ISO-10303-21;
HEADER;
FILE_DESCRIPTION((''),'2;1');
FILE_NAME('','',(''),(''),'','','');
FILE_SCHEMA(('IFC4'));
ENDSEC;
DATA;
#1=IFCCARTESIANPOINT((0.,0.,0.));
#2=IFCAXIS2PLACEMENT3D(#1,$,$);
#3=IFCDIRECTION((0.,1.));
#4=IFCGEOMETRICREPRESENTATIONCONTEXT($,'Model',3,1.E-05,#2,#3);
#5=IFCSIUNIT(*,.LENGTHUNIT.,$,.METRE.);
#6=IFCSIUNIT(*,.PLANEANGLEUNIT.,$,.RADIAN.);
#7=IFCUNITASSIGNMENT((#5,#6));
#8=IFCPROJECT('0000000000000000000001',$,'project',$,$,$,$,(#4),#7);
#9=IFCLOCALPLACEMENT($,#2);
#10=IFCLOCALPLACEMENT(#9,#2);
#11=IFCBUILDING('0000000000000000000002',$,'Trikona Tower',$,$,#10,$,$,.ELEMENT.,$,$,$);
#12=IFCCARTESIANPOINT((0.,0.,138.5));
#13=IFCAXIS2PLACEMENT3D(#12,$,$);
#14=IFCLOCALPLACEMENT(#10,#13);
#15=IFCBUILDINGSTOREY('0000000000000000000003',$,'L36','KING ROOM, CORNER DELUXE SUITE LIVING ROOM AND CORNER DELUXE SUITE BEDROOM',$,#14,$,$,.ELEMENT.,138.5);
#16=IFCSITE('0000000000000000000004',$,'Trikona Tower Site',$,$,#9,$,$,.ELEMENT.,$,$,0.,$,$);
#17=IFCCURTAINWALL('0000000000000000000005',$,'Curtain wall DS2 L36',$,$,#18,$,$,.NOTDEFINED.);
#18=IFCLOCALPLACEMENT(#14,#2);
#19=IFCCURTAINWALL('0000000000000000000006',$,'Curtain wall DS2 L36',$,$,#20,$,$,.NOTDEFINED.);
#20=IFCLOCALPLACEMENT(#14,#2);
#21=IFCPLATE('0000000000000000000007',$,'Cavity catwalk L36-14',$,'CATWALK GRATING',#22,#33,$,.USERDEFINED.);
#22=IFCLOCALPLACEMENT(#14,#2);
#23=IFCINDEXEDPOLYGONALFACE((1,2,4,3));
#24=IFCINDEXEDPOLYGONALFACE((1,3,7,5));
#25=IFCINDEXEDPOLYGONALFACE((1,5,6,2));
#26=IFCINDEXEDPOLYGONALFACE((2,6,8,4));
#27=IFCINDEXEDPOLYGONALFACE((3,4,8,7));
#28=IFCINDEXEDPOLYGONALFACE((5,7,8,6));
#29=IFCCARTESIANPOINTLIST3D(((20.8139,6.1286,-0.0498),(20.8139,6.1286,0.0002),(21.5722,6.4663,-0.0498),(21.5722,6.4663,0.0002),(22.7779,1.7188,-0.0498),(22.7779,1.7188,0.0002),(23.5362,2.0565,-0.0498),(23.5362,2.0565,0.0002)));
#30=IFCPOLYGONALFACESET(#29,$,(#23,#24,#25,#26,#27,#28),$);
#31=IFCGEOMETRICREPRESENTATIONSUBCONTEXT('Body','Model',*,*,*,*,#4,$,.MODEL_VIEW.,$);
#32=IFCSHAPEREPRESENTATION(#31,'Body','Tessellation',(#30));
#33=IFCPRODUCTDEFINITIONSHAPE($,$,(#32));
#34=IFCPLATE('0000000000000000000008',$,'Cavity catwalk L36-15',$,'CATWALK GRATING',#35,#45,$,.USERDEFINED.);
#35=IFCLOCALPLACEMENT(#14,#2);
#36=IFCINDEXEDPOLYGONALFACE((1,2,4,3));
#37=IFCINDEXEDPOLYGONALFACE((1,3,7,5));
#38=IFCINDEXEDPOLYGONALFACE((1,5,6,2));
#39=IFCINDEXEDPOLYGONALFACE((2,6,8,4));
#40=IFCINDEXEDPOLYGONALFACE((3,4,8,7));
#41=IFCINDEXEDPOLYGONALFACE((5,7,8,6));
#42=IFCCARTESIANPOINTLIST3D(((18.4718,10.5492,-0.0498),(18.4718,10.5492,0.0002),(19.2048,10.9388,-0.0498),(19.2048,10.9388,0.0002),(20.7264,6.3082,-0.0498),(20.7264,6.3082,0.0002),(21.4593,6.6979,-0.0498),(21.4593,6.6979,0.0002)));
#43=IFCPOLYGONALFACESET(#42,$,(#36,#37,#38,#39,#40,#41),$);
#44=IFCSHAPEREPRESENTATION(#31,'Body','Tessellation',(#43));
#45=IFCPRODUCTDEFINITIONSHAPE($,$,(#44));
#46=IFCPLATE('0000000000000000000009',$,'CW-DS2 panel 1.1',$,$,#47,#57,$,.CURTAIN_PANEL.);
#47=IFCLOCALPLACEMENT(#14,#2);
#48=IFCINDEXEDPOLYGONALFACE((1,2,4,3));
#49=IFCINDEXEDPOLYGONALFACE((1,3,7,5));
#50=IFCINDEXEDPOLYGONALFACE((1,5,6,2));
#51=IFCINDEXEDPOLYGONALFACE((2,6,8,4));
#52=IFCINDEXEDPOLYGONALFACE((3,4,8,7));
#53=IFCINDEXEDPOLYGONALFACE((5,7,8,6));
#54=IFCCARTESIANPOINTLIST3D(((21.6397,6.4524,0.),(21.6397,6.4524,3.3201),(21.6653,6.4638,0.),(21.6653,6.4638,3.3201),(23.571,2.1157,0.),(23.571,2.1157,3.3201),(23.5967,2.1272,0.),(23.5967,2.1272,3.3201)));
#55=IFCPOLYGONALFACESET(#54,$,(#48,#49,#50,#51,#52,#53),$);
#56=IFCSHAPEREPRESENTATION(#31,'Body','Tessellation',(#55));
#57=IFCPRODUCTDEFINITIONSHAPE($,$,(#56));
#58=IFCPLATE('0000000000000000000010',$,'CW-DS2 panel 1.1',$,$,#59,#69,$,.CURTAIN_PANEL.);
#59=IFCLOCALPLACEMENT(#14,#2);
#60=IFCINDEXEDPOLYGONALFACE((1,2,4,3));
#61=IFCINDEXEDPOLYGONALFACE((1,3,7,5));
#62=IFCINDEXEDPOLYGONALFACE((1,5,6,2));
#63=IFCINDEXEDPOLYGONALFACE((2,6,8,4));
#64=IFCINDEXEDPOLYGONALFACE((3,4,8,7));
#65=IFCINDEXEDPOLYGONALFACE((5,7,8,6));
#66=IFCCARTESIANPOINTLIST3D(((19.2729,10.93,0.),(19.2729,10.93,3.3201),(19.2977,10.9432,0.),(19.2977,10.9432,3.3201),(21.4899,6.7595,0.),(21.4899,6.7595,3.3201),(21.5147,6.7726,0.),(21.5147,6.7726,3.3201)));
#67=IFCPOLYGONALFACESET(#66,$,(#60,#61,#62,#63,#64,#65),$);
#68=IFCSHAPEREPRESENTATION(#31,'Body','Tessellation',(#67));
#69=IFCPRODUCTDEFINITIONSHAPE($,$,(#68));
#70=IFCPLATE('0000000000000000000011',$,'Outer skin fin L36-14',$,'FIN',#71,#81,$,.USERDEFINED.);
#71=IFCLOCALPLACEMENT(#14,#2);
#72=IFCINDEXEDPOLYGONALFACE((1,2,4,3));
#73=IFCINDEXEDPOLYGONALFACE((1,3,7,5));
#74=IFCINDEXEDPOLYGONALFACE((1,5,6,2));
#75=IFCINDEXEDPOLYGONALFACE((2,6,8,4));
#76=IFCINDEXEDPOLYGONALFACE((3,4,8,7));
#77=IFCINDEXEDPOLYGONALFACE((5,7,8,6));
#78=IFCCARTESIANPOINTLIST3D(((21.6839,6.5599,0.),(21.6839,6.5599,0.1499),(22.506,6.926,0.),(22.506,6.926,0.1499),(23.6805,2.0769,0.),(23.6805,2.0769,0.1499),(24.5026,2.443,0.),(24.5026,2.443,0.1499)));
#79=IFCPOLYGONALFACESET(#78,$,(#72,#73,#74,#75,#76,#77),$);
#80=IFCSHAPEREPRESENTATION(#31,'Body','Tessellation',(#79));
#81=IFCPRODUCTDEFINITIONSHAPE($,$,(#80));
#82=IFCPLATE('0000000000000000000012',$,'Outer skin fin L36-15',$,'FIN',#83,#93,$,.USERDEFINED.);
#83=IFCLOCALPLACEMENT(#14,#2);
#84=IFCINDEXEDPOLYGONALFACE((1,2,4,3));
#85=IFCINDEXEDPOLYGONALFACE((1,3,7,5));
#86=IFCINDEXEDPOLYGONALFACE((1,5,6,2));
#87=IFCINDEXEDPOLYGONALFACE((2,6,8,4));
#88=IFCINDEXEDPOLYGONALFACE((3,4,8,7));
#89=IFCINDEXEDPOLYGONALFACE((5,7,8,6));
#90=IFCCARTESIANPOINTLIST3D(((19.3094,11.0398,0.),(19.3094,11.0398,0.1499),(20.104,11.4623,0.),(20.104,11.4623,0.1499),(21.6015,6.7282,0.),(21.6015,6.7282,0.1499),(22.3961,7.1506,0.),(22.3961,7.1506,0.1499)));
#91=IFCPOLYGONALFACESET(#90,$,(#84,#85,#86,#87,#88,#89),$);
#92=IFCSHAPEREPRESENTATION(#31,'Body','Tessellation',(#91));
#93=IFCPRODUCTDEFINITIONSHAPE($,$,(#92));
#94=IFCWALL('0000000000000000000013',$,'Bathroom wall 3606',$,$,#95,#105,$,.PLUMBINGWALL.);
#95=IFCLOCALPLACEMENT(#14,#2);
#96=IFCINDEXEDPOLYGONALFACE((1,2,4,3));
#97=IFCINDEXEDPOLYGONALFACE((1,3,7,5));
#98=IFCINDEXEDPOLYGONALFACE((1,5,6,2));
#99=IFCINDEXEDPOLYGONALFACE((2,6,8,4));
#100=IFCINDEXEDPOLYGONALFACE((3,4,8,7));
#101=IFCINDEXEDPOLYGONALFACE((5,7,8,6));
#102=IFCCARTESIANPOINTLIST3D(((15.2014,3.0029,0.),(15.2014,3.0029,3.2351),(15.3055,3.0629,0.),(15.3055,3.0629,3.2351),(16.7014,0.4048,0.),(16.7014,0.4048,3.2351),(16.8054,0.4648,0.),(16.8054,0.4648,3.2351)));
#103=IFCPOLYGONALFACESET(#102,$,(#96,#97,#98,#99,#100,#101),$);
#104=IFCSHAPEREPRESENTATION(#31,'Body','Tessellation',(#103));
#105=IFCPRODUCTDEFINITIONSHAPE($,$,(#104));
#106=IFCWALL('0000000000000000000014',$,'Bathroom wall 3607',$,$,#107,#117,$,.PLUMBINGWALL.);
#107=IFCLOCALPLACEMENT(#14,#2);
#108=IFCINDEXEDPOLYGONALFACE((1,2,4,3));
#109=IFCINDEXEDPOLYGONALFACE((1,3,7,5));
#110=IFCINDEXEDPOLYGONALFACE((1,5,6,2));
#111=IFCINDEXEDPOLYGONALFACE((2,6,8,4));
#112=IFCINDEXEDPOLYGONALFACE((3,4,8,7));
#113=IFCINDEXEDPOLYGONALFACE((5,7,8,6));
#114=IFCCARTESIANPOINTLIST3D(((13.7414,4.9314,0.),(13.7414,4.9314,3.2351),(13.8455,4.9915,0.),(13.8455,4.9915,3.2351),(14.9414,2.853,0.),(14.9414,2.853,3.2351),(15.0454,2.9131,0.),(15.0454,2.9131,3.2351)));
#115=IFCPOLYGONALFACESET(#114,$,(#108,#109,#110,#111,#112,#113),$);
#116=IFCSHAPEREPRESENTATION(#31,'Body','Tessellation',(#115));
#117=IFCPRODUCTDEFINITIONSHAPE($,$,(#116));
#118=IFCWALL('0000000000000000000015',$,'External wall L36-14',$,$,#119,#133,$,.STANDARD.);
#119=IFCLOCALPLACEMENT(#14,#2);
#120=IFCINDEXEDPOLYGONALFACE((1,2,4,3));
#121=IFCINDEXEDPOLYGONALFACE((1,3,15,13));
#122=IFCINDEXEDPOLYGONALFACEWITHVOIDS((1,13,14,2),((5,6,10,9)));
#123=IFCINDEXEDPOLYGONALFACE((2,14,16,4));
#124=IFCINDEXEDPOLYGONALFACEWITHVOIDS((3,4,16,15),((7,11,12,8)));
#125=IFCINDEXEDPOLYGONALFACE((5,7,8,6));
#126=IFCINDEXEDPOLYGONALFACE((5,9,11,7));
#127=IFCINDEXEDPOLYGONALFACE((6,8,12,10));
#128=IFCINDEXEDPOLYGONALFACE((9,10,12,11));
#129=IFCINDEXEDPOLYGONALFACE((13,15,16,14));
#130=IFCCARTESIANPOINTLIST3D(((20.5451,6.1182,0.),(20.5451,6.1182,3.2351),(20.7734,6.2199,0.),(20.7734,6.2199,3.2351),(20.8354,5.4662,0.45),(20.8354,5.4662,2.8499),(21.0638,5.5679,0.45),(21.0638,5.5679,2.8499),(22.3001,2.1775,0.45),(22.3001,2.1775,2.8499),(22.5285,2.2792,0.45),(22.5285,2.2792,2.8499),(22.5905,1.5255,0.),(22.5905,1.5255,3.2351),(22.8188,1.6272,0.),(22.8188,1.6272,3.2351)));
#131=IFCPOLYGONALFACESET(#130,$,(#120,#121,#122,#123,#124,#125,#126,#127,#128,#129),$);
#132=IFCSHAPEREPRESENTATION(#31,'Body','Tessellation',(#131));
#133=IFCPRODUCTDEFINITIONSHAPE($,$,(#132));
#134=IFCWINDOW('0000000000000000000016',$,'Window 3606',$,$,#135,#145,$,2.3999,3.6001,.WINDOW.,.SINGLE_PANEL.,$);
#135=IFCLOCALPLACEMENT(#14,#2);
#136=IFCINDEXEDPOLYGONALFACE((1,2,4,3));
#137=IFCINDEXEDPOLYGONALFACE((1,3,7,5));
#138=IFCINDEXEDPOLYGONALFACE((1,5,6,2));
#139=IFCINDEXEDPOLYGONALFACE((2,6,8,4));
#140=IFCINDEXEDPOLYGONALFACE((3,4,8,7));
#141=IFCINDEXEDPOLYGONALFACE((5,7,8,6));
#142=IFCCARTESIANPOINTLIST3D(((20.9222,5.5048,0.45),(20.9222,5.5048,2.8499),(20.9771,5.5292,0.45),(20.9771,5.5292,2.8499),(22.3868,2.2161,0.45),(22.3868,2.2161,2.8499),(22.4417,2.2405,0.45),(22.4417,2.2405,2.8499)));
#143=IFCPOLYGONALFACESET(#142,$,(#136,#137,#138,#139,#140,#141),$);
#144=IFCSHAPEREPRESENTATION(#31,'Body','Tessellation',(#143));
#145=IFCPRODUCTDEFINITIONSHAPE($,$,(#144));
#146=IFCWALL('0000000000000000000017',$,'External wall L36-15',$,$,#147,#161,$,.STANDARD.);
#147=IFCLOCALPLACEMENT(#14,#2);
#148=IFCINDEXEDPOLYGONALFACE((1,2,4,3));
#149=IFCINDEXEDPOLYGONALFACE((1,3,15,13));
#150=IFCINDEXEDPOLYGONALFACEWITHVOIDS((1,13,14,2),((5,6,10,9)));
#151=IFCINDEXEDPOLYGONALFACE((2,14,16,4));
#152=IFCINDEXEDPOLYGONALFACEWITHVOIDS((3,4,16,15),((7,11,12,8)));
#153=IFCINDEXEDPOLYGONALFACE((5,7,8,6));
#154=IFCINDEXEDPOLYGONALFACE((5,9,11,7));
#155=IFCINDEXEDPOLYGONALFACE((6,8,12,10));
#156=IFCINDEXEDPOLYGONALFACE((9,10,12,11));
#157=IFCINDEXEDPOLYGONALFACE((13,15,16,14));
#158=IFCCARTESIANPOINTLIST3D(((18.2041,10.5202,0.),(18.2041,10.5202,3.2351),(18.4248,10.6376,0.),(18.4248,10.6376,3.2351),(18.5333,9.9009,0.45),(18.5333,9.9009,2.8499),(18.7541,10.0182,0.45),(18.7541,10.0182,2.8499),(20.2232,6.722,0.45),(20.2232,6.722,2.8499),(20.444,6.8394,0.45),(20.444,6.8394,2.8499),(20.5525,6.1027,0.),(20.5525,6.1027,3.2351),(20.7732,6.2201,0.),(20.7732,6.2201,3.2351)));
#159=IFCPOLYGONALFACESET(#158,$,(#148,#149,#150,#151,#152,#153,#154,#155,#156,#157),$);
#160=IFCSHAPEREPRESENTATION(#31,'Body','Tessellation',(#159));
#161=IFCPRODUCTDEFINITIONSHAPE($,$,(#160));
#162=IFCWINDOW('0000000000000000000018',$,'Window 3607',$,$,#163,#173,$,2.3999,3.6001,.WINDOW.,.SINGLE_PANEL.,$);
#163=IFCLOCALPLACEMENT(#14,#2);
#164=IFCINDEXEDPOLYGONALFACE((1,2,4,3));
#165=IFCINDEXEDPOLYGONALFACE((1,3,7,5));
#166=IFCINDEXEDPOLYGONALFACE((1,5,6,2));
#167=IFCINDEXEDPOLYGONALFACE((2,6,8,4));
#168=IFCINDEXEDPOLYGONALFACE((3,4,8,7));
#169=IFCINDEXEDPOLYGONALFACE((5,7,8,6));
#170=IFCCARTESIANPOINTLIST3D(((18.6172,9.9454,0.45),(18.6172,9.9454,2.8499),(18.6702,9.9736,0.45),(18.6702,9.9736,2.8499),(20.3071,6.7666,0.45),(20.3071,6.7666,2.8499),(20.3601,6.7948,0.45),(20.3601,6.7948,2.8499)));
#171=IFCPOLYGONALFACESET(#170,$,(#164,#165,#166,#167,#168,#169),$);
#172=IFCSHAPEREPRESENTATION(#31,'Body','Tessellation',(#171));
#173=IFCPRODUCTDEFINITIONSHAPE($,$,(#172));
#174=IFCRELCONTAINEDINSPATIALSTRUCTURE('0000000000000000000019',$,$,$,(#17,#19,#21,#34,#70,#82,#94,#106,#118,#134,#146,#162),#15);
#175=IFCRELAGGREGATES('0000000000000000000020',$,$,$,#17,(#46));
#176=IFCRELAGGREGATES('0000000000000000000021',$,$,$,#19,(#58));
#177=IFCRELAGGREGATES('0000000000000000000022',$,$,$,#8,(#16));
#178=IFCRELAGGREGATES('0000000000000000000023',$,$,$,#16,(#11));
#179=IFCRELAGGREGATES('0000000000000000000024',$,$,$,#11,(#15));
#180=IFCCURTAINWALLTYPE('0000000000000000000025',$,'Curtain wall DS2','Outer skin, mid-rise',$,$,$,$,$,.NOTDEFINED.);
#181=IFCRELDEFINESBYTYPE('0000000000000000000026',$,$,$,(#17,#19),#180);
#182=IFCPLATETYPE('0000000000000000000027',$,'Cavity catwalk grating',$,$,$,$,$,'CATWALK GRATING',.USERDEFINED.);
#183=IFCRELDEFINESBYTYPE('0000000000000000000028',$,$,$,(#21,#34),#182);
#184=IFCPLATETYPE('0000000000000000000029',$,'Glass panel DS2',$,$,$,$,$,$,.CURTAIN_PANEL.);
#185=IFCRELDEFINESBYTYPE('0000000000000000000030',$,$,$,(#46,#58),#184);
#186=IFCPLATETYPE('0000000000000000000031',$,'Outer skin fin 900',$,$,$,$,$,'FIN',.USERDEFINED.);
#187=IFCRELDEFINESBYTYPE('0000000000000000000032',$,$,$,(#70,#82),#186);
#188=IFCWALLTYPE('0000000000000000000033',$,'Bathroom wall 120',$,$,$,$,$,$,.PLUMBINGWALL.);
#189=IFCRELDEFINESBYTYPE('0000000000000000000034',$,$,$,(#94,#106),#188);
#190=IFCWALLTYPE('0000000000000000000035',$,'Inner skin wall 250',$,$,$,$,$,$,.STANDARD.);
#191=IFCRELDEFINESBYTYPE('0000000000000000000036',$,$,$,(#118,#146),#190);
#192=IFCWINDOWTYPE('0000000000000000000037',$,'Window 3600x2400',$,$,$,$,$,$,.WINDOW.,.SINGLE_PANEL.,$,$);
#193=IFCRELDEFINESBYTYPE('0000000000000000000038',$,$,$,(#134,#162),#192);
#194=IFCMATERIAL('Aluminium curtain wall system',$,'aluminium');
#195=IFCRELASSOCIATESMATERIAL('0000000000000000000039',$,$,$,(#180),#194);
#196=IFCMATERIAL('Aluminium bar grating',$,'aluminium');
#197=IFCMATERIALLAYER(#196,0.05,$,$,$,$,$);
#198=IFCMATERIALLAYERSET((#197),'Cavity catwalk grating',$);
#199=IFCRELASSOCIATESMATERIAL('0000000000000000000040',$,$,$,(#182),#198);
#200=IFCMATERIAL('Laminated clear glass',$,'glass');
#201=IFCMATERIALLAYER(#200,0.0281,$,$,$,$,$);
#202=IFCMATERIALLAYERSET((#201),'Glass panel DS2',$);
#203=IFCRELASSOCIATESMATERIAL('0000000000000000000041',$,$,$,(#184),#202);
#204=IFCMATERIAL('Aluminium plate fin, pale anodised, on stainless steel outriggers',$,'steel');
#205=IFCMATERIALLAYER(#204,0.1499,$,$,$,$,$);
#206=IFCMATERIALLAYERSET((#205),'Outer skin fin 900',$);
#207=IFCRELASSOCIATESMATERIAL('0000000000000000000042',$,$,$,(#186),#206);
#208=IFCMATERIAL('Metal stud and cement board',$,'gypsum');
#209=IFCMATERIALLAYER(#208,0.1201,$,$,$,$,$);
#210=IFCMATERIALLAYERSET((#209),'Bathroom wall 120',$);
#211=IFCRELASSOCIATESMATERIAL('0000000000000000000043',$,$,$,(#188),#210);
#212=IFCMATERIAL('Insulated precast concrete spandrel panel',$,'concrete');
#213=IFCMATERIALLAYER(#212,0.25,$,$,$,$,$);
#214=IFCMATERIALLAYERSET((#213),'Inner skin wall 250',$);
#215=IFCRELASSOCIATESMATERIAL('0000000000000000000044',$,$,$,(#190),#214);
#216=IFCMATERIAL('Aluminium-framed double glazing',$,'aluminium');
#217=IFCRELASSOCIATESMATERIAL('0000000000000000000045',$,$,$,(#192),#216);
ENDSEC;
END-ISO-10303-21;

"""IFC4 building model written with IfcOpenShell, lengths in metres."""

from ifc_helpers import new_model, si_unit, direction, frame, frame_2d, origin, origin_2d, place, context, subcontext, project, spatial, rectangle, extrude, material, layer, layer_set, type_object, element, fill, aggregate, save


model = new_model("IFC4")

# Units and contexts
model_context = context("Model", 3, precision=1e-05, world=origin(), true_north=direction((0.0, 1.0)))
body_context = subcontext(model_context, "Body", "Model", "MODEL_VIEW")
ifc_project = project(units=[si_unit("LENGTHUNIT", "METRE"), si_unit("PLANEANGLEUNIT", "RADIAN")], contexts=[model_context])

# Site, building, storey
site_placement = place(None, origin())
site = spatial("IfcSite", under=ifc_project, at=site_placement, Name="Trikona Tower Site", CompositionType="ELEMENT", RefElevation=0.0)
building_placement = place(site_placement, origin())
building = spatial("IfcBuilding", under=site, at=building_placement, Name="Trikona Tower", CompositionType="ELEMENT")
storey_placement = place(building_placement, frame((0.0, 0.0, 138.5)))
storey = spatial("IfcBuildingStorey", under=building, at=storey_placement, Name="L36", Description="KING ROOM, CORNER DELUXE SUITE LIVING ROOM AND CORNER DELUXE SUITE BEDROOM", CompositionType="ELEMENT", Elevation=138.5)

# Shared definitions
ifc_material_1 = material(Name="Aluminium curtain wall system", Category="aluminium")
curtain_wall_type = type_object("IfcCurtainWallType", Name="Curtain wall DS2", Description="Outer skin, mid-rise", PredefinedType="NOTDEFINED", material=ifc_material_1)

# Curtain walls
curtain_wall_1_placement = place(storey_placement, origin())
curtain_wall_1 = element("IfcCurtainWall", 1, at=curtain_wall_1_placement, inside=storey, type_object=curtain_wall_type, Name="Curtain wall DS2 L36", PredefinedType="NOTDEFINED")
curtain_wall_2_placement = place(storey_placement, origin())
curtain_wall_2 = element("IfcCurtainWall", 2, at=curtain_wall_2_placement, inside=storey, type_object=curtain_wall_type, Name="Curtain wall DS2 L36", PredefinedType="NOTDEFINED")

# Plates
ifc_material_2 = material(Name="Aluminium bar grating", Category="aluminium")
ifc_layer_1 = layer(ifc_material_2, 0.05)
ifc_layer_set_1 = layer_set([ifc_layer_1], Name="Cavity catwalk grating")
plate_type_1 = type_object("IfcPlateType", Name="Cavity catwalk grating", ElementType="CATWALK GRATING", PredefinedType="USERDEFINED", material=ifc_layer_set_1)
plate_1_placement = place(storey_placement, frame((22.175, 4.0925, -0.0498), z_axis=(0.0, 0.0, 1.0), x_axis=(-0.406843, 0.913498, 0.0)))
element("IfcPlate", 3, at=plate_1_placement, inside=storey, type_object=plate_type_1, Name="Cavity catwalk L36-14", ObjectType="CATWALK GRATING", PredefinedType="USERDEFINED", context=body_context, shape_type="SweptSolid", body=[
    extrude(rectangle(XDim=4.8274, YDim=0.8301, at=origin_2d()), origin(), (0.0, 0.0, 1.0), 0.05),
])
plate_2_placement = place(storey_placement, frame((19.9656, 8.6235, -0.0498), z_axis=(0.0, 0.0, 1.0), x_axis=(-0.469398, 0.882987, 0.0)))
element("IfcPlate", 4, at=plate_2_placement, inside=storey, type_object=plate_type_1, Name="Cavity catwalk L36-15", ObjectType="CATWALK GRATING", PredefinedType="USERDEFINED", context=body_context, shape_type="SweptSolid", body=[
    extrude(rectangle(XDim=4.803, YDim=0.8301, at=origin_2d()), origin(), (0.0, 0.0, 1.0), 0.05),
])

# Plates
ifc_material_3 = material(Name="Laminated clear glass", Category="glass")
ifc_layer_2 = layer(ifc_material_3, 0.0281)
ifc_layer_set_2 = layer_set([ifc_layer_2], Name="Glass panel DS2")
plate_type_2 = type_object("IfcPlateType", Name="Glass panel DS2", PredefinedType="CURTAIN_PANEL", material=ifc_layer_set_2)
plate_3_placement = place(storey_placement, frame((22.6182, 4.2898, 0.0), z_axis=(0.0, 0.0, 1.0), x_axis=(-0.406836, 0.913501, 0.0)))
plate_3 = element("IfcPlate", 5, at=plate_3_placement, type_object=plate_type_2, Name="CW-DS2 panel 1.1", PredefinedType="CURTAIN_PANEL", context=body_context, shape_type="SweptSolid", body=[
    extrude(rectangle(XDim=4.7473, YDim=0.0281, at=origin_2d()), origin(), (0.0, 0.0, 1.0), 3.3201),
])
aggregate(curtain_wall_1, [plate_3])
plate_4_placement = place(storey_placement, frame((20.3938, 8.8513, 0.0), z_axis=(0.0, 0.0, 1.0), x_axis=(-0.46938, 0.882996, 0.0)))
plate_4 = element("IfcPlate", 6, at=plate_4_placement, type_object=plate_type_2, Name="CW-DS2 panel 1.1", PredefinedType="CURTAIN_PANEL", context=body_context, shape_type="SweptSolid", body=[
    extrude(rectangle(XDim=4.7231, YDim=0.0281, at=origin_2d()), origin(), (0.0, 0.0, 1.0), 3.3201),
])
aggregate(curtain_wall_2, [plate_4])

# Plates
ifc_material_4 = material(Name="Aluminium plate fin, pale anodised, on stainless steel outriggers", Category="steel")
ifc_layer_3 = layer(ifc_material_4, 0.1499)
ifc_layer_set_3 = layer_set([ifc_layer_3], Name="Outer skin fin 900")
plate_type_3 = type_object("IfcPlateType", Name="Outer skin fin 900", ElementType="FIN", PredefinedType="USERDEFINED", material=ifc_layer_set_3)
plate_5_placement = place(storey_placement, frame((23.0933, 4.5015, 0.0), z_axis=(0.0, 0.0, 1.0), x_axis=(-0.406843, 0.913498, 0.0)))
element("IfcPlate", 7, at=plate_5_placement, inside=storey, type_object=plate_type_3, Name="Outer skin fin L36-14", ObjectType="FIN", PredefinedType="USERDEFINED", context=body_context, shape_type="SweptSolid", body=[
    extrude(rectangle(XDim=4.9075, YDim=0.8999, at=origin_2d()), origin(), (0.0, 0.0, 1.0), 0.1499),
])
plate_6_placement = place(storey_placement, frame((20.8528, 9.0952, 0.0), z_axis=(0.0, 0.0, 1.0), x_axis=(-0.469398, 0.882987, 0.0)))
element("IfcPlate", 8, at=plate_6_placement, inside=storey, type_object=plate_type_3, Name="Outer skin fin L36-15", ObjectType="FIN", PredefinedType="USERDEFINED", context=body_context, shape_type="SweptSolid", body=[
    extrude(rectangle(XDim=4.8831, YDim=0.8999, at=origin_2d()), origin(), (0.0, 0.0, 1.0), 0.1499),
])

# Walls
ifc_material_5 = material(Name="Metal stud and cement board", Category="gypsum")
ifc_layer_4 = layer(ifc_material_5, 0.1201)
ifc_layer_set_4 = layer_set([ifc_layer_4], Name="Bathroom wall 120")
wall_type_1 = type_object("IfcWallType", Name="Bathroom wall 120", PredefinedType="PLUMBINGWALL", material=ifc_layer_set_4)
wall_1_placement = place(storey_placement, frame((16.7534, 0.4348, 0.0), z_axis=(0.0, 0.0, 1.0), x_axis=(-0.49999, 0.866031, 0.0)))
element("IfcWall", 9, at=wall_1_placement, inside=storey, type_object=wall_type_1, Name="Bathroom wall 3606", PredefinedType="PLUMBINGWALL", context=body_context, shape_type="SweptSolid", body=[
    extrude(rectangle(XDim=3.0, YDim=0.1201, at=frame_2d((1.5, 0.0))), origin(), (0.0, 0.0, 1.0), 3.2351),
])
wall_2_placement = place(storey_placement, frame((14.9934, 2.8831, 0.0), z_axis=(0.0, 0.0, 1.0), x_axis=(-0.500001, 0.866025, 0.0)))
element("IfcWall", 10, at=wall_2_placement, inside=storey, type_object=wall_type_1, Name="Bathroom wall 3607", PredefinedType="PLUMBINGWALL", context=body_context, shape_type="SweptSolid", body=[
    extrude(rectangle(XDim=2.3999, YDim=0.1201, at=frame_2d((1.2, 0.0))), origin(), (0.0, 0.0, 1.0), 3.2351),
])

# Walls, openings, windows
ifc_material_6 = material(Name="Insulated precast concrete spandrel panel", Category="concrete")
ifc_layer_5 = layer(ifc_material_6, 0.25)
ifc_layer_set_5 = layer_set([ifc_layer_5], Name="Inner skin wall 250")
wall_type_2 = type_object("IfcWallType", Name="Inner skin wall 250", PredefinedType="STANDARD", material=ifc_layer_set_5)
wall_3_placement = place(storey_placement, frame((22.7046, 1.5764, 0.0), z_axis=(0.0, 0.0, 1.0), x_axis=(-0.406832, 0.913503, 0.0)))
wall_3 = element("IfcWall", 11, at=wall_3_placement, inside=storey, type_object=wall_type_2, Name="External wall L36-14", PredefinedType="STANDARD", context=body_context, shape_type="SweptSolid", body=[
    extrude(rectangle(XDim=5.0276, YDim=0.25, at=frame_2d((2.5137, 0.0))), origin(), (0.0, 0.0, 1.0), 3.2351),
])
opening_1_placement = place(wall_3_placement, frame((0.7136, 0.0, 0.45)))
opening_1 = element("IfcOpeningElement", 12, at=opening_1_placement, cuts=wall_3, PredefinedType="OPENING", context=body_context, shape_type="SweptSolid", body=[
    extrude(rectangle(XDim=3.6001, YDim=2.3999, at=frame_2d((1.8, 1.2))), frame((0.0, 0.135, 0.0), z_axis=(0.0, -1.0, 0.0), x_axis=(1.0, 0.0, 0.0)), (0.0, 0.0, 1.0), 0.27),
])
ifc_material_7 = material(Name="Aluminium-framed double glazing", Category="aluminium")
window_type = type_object("IfcWindowType", Name="Window 3600x2400", PartitioningType="SINGLE_PANEL", PredefinedType="WINDOW", material=ifc_material_7)
window_1_placement = place(opening_1_placement, origin())
window_1 = element("IfcWindow", 13, at=window_1_placement, inside=storey, type_object=window_type, Name="Window 3606", OverallHeight=2.3999, OverallWidth=3.6001, PartitioningType="SINGLE_PANEL", PredefinedType="WINDOW", context=body_context, shape_type="SweptSolid", body=[
    extrude(rectangle(XDim=3.6001, YDim=2.3999, at=frame_2d((1.8, 1.2))), frame((0.0, 0.03, 0.0), z_axis=(0.0, -1.0, 0.0), x_axis=(1.0, 0.0, 0.0)), (0.0, 0.0, 1.0), 0.0601),
])
fill(opening_1, window_1)
wall_4_placement = place(storey_placement, frame((20.6628, 6.1614, 0.0), z_axis=(0.0, 0.0, 1.0), x_axis=(-0.469405, 0.882983, 0.0)))
wall_4 = element("IfcWall", 14, at=wall_4_placement, inside=storey, type_object=wall_type_2, Name="External wall L36-15", PredefinedType="STANDARD", context=body_context, shape_type="SweptSolid", body=[
    extrude(rectangle(XDim=5.0029, YDim=0.25, at=frame_2d((2.5015, 0.0))), origin(), (0.0, 0.0, 1.0), 3.2351),
])
opening_2_placement = place(wall_4_placement, frame((0.7014, 0.0, 0.45)))
opening_2 = element("IfcOpeningElement", 15, at=opening_2_placement, cuts=wall_4, PredefinedType="OPENING", context=body_context, shape_type="SweptSolid", body=[
    extrude(rectangle(XDim=3.6001, YDim=2.3999, at=frame_2d((1.8, 1.2))), frame((0.0, 0.135, 0.0), z_axis=(0.0, -1.0, 0.0), x_axis=(1.0, 0.0, 0.0)), (0.0, 0.0, 1.0), 0.27),
])
window_2_placement = place(opening_2_placement, origin())
window_2 = element("IfcWindow", 16, at=window_2_placement, inside=storey, type_object=window_type, Name="Window 3607", OverallHeight=2.3999, OverallWidth=3.6001, PartitioningType="SINGLE_PANEL", PredefinedType="WINDOW", context=body_context, shape_type="SweptSolid", body=[
    extrude(rectangle(XDim=3.6001, YDim=2.3999, at=frame_2d((1.8, 1.2))), frame((0.0, 0.03, 0.0), z_axis=(0.0, -1.0, 0.0), x_axis=(1.0, 0.0, 0.0)), (0.0, 0.0, 1.0), 0.0601),
])
fill(opening_2, window_2)

save(model, "model.ifc")
